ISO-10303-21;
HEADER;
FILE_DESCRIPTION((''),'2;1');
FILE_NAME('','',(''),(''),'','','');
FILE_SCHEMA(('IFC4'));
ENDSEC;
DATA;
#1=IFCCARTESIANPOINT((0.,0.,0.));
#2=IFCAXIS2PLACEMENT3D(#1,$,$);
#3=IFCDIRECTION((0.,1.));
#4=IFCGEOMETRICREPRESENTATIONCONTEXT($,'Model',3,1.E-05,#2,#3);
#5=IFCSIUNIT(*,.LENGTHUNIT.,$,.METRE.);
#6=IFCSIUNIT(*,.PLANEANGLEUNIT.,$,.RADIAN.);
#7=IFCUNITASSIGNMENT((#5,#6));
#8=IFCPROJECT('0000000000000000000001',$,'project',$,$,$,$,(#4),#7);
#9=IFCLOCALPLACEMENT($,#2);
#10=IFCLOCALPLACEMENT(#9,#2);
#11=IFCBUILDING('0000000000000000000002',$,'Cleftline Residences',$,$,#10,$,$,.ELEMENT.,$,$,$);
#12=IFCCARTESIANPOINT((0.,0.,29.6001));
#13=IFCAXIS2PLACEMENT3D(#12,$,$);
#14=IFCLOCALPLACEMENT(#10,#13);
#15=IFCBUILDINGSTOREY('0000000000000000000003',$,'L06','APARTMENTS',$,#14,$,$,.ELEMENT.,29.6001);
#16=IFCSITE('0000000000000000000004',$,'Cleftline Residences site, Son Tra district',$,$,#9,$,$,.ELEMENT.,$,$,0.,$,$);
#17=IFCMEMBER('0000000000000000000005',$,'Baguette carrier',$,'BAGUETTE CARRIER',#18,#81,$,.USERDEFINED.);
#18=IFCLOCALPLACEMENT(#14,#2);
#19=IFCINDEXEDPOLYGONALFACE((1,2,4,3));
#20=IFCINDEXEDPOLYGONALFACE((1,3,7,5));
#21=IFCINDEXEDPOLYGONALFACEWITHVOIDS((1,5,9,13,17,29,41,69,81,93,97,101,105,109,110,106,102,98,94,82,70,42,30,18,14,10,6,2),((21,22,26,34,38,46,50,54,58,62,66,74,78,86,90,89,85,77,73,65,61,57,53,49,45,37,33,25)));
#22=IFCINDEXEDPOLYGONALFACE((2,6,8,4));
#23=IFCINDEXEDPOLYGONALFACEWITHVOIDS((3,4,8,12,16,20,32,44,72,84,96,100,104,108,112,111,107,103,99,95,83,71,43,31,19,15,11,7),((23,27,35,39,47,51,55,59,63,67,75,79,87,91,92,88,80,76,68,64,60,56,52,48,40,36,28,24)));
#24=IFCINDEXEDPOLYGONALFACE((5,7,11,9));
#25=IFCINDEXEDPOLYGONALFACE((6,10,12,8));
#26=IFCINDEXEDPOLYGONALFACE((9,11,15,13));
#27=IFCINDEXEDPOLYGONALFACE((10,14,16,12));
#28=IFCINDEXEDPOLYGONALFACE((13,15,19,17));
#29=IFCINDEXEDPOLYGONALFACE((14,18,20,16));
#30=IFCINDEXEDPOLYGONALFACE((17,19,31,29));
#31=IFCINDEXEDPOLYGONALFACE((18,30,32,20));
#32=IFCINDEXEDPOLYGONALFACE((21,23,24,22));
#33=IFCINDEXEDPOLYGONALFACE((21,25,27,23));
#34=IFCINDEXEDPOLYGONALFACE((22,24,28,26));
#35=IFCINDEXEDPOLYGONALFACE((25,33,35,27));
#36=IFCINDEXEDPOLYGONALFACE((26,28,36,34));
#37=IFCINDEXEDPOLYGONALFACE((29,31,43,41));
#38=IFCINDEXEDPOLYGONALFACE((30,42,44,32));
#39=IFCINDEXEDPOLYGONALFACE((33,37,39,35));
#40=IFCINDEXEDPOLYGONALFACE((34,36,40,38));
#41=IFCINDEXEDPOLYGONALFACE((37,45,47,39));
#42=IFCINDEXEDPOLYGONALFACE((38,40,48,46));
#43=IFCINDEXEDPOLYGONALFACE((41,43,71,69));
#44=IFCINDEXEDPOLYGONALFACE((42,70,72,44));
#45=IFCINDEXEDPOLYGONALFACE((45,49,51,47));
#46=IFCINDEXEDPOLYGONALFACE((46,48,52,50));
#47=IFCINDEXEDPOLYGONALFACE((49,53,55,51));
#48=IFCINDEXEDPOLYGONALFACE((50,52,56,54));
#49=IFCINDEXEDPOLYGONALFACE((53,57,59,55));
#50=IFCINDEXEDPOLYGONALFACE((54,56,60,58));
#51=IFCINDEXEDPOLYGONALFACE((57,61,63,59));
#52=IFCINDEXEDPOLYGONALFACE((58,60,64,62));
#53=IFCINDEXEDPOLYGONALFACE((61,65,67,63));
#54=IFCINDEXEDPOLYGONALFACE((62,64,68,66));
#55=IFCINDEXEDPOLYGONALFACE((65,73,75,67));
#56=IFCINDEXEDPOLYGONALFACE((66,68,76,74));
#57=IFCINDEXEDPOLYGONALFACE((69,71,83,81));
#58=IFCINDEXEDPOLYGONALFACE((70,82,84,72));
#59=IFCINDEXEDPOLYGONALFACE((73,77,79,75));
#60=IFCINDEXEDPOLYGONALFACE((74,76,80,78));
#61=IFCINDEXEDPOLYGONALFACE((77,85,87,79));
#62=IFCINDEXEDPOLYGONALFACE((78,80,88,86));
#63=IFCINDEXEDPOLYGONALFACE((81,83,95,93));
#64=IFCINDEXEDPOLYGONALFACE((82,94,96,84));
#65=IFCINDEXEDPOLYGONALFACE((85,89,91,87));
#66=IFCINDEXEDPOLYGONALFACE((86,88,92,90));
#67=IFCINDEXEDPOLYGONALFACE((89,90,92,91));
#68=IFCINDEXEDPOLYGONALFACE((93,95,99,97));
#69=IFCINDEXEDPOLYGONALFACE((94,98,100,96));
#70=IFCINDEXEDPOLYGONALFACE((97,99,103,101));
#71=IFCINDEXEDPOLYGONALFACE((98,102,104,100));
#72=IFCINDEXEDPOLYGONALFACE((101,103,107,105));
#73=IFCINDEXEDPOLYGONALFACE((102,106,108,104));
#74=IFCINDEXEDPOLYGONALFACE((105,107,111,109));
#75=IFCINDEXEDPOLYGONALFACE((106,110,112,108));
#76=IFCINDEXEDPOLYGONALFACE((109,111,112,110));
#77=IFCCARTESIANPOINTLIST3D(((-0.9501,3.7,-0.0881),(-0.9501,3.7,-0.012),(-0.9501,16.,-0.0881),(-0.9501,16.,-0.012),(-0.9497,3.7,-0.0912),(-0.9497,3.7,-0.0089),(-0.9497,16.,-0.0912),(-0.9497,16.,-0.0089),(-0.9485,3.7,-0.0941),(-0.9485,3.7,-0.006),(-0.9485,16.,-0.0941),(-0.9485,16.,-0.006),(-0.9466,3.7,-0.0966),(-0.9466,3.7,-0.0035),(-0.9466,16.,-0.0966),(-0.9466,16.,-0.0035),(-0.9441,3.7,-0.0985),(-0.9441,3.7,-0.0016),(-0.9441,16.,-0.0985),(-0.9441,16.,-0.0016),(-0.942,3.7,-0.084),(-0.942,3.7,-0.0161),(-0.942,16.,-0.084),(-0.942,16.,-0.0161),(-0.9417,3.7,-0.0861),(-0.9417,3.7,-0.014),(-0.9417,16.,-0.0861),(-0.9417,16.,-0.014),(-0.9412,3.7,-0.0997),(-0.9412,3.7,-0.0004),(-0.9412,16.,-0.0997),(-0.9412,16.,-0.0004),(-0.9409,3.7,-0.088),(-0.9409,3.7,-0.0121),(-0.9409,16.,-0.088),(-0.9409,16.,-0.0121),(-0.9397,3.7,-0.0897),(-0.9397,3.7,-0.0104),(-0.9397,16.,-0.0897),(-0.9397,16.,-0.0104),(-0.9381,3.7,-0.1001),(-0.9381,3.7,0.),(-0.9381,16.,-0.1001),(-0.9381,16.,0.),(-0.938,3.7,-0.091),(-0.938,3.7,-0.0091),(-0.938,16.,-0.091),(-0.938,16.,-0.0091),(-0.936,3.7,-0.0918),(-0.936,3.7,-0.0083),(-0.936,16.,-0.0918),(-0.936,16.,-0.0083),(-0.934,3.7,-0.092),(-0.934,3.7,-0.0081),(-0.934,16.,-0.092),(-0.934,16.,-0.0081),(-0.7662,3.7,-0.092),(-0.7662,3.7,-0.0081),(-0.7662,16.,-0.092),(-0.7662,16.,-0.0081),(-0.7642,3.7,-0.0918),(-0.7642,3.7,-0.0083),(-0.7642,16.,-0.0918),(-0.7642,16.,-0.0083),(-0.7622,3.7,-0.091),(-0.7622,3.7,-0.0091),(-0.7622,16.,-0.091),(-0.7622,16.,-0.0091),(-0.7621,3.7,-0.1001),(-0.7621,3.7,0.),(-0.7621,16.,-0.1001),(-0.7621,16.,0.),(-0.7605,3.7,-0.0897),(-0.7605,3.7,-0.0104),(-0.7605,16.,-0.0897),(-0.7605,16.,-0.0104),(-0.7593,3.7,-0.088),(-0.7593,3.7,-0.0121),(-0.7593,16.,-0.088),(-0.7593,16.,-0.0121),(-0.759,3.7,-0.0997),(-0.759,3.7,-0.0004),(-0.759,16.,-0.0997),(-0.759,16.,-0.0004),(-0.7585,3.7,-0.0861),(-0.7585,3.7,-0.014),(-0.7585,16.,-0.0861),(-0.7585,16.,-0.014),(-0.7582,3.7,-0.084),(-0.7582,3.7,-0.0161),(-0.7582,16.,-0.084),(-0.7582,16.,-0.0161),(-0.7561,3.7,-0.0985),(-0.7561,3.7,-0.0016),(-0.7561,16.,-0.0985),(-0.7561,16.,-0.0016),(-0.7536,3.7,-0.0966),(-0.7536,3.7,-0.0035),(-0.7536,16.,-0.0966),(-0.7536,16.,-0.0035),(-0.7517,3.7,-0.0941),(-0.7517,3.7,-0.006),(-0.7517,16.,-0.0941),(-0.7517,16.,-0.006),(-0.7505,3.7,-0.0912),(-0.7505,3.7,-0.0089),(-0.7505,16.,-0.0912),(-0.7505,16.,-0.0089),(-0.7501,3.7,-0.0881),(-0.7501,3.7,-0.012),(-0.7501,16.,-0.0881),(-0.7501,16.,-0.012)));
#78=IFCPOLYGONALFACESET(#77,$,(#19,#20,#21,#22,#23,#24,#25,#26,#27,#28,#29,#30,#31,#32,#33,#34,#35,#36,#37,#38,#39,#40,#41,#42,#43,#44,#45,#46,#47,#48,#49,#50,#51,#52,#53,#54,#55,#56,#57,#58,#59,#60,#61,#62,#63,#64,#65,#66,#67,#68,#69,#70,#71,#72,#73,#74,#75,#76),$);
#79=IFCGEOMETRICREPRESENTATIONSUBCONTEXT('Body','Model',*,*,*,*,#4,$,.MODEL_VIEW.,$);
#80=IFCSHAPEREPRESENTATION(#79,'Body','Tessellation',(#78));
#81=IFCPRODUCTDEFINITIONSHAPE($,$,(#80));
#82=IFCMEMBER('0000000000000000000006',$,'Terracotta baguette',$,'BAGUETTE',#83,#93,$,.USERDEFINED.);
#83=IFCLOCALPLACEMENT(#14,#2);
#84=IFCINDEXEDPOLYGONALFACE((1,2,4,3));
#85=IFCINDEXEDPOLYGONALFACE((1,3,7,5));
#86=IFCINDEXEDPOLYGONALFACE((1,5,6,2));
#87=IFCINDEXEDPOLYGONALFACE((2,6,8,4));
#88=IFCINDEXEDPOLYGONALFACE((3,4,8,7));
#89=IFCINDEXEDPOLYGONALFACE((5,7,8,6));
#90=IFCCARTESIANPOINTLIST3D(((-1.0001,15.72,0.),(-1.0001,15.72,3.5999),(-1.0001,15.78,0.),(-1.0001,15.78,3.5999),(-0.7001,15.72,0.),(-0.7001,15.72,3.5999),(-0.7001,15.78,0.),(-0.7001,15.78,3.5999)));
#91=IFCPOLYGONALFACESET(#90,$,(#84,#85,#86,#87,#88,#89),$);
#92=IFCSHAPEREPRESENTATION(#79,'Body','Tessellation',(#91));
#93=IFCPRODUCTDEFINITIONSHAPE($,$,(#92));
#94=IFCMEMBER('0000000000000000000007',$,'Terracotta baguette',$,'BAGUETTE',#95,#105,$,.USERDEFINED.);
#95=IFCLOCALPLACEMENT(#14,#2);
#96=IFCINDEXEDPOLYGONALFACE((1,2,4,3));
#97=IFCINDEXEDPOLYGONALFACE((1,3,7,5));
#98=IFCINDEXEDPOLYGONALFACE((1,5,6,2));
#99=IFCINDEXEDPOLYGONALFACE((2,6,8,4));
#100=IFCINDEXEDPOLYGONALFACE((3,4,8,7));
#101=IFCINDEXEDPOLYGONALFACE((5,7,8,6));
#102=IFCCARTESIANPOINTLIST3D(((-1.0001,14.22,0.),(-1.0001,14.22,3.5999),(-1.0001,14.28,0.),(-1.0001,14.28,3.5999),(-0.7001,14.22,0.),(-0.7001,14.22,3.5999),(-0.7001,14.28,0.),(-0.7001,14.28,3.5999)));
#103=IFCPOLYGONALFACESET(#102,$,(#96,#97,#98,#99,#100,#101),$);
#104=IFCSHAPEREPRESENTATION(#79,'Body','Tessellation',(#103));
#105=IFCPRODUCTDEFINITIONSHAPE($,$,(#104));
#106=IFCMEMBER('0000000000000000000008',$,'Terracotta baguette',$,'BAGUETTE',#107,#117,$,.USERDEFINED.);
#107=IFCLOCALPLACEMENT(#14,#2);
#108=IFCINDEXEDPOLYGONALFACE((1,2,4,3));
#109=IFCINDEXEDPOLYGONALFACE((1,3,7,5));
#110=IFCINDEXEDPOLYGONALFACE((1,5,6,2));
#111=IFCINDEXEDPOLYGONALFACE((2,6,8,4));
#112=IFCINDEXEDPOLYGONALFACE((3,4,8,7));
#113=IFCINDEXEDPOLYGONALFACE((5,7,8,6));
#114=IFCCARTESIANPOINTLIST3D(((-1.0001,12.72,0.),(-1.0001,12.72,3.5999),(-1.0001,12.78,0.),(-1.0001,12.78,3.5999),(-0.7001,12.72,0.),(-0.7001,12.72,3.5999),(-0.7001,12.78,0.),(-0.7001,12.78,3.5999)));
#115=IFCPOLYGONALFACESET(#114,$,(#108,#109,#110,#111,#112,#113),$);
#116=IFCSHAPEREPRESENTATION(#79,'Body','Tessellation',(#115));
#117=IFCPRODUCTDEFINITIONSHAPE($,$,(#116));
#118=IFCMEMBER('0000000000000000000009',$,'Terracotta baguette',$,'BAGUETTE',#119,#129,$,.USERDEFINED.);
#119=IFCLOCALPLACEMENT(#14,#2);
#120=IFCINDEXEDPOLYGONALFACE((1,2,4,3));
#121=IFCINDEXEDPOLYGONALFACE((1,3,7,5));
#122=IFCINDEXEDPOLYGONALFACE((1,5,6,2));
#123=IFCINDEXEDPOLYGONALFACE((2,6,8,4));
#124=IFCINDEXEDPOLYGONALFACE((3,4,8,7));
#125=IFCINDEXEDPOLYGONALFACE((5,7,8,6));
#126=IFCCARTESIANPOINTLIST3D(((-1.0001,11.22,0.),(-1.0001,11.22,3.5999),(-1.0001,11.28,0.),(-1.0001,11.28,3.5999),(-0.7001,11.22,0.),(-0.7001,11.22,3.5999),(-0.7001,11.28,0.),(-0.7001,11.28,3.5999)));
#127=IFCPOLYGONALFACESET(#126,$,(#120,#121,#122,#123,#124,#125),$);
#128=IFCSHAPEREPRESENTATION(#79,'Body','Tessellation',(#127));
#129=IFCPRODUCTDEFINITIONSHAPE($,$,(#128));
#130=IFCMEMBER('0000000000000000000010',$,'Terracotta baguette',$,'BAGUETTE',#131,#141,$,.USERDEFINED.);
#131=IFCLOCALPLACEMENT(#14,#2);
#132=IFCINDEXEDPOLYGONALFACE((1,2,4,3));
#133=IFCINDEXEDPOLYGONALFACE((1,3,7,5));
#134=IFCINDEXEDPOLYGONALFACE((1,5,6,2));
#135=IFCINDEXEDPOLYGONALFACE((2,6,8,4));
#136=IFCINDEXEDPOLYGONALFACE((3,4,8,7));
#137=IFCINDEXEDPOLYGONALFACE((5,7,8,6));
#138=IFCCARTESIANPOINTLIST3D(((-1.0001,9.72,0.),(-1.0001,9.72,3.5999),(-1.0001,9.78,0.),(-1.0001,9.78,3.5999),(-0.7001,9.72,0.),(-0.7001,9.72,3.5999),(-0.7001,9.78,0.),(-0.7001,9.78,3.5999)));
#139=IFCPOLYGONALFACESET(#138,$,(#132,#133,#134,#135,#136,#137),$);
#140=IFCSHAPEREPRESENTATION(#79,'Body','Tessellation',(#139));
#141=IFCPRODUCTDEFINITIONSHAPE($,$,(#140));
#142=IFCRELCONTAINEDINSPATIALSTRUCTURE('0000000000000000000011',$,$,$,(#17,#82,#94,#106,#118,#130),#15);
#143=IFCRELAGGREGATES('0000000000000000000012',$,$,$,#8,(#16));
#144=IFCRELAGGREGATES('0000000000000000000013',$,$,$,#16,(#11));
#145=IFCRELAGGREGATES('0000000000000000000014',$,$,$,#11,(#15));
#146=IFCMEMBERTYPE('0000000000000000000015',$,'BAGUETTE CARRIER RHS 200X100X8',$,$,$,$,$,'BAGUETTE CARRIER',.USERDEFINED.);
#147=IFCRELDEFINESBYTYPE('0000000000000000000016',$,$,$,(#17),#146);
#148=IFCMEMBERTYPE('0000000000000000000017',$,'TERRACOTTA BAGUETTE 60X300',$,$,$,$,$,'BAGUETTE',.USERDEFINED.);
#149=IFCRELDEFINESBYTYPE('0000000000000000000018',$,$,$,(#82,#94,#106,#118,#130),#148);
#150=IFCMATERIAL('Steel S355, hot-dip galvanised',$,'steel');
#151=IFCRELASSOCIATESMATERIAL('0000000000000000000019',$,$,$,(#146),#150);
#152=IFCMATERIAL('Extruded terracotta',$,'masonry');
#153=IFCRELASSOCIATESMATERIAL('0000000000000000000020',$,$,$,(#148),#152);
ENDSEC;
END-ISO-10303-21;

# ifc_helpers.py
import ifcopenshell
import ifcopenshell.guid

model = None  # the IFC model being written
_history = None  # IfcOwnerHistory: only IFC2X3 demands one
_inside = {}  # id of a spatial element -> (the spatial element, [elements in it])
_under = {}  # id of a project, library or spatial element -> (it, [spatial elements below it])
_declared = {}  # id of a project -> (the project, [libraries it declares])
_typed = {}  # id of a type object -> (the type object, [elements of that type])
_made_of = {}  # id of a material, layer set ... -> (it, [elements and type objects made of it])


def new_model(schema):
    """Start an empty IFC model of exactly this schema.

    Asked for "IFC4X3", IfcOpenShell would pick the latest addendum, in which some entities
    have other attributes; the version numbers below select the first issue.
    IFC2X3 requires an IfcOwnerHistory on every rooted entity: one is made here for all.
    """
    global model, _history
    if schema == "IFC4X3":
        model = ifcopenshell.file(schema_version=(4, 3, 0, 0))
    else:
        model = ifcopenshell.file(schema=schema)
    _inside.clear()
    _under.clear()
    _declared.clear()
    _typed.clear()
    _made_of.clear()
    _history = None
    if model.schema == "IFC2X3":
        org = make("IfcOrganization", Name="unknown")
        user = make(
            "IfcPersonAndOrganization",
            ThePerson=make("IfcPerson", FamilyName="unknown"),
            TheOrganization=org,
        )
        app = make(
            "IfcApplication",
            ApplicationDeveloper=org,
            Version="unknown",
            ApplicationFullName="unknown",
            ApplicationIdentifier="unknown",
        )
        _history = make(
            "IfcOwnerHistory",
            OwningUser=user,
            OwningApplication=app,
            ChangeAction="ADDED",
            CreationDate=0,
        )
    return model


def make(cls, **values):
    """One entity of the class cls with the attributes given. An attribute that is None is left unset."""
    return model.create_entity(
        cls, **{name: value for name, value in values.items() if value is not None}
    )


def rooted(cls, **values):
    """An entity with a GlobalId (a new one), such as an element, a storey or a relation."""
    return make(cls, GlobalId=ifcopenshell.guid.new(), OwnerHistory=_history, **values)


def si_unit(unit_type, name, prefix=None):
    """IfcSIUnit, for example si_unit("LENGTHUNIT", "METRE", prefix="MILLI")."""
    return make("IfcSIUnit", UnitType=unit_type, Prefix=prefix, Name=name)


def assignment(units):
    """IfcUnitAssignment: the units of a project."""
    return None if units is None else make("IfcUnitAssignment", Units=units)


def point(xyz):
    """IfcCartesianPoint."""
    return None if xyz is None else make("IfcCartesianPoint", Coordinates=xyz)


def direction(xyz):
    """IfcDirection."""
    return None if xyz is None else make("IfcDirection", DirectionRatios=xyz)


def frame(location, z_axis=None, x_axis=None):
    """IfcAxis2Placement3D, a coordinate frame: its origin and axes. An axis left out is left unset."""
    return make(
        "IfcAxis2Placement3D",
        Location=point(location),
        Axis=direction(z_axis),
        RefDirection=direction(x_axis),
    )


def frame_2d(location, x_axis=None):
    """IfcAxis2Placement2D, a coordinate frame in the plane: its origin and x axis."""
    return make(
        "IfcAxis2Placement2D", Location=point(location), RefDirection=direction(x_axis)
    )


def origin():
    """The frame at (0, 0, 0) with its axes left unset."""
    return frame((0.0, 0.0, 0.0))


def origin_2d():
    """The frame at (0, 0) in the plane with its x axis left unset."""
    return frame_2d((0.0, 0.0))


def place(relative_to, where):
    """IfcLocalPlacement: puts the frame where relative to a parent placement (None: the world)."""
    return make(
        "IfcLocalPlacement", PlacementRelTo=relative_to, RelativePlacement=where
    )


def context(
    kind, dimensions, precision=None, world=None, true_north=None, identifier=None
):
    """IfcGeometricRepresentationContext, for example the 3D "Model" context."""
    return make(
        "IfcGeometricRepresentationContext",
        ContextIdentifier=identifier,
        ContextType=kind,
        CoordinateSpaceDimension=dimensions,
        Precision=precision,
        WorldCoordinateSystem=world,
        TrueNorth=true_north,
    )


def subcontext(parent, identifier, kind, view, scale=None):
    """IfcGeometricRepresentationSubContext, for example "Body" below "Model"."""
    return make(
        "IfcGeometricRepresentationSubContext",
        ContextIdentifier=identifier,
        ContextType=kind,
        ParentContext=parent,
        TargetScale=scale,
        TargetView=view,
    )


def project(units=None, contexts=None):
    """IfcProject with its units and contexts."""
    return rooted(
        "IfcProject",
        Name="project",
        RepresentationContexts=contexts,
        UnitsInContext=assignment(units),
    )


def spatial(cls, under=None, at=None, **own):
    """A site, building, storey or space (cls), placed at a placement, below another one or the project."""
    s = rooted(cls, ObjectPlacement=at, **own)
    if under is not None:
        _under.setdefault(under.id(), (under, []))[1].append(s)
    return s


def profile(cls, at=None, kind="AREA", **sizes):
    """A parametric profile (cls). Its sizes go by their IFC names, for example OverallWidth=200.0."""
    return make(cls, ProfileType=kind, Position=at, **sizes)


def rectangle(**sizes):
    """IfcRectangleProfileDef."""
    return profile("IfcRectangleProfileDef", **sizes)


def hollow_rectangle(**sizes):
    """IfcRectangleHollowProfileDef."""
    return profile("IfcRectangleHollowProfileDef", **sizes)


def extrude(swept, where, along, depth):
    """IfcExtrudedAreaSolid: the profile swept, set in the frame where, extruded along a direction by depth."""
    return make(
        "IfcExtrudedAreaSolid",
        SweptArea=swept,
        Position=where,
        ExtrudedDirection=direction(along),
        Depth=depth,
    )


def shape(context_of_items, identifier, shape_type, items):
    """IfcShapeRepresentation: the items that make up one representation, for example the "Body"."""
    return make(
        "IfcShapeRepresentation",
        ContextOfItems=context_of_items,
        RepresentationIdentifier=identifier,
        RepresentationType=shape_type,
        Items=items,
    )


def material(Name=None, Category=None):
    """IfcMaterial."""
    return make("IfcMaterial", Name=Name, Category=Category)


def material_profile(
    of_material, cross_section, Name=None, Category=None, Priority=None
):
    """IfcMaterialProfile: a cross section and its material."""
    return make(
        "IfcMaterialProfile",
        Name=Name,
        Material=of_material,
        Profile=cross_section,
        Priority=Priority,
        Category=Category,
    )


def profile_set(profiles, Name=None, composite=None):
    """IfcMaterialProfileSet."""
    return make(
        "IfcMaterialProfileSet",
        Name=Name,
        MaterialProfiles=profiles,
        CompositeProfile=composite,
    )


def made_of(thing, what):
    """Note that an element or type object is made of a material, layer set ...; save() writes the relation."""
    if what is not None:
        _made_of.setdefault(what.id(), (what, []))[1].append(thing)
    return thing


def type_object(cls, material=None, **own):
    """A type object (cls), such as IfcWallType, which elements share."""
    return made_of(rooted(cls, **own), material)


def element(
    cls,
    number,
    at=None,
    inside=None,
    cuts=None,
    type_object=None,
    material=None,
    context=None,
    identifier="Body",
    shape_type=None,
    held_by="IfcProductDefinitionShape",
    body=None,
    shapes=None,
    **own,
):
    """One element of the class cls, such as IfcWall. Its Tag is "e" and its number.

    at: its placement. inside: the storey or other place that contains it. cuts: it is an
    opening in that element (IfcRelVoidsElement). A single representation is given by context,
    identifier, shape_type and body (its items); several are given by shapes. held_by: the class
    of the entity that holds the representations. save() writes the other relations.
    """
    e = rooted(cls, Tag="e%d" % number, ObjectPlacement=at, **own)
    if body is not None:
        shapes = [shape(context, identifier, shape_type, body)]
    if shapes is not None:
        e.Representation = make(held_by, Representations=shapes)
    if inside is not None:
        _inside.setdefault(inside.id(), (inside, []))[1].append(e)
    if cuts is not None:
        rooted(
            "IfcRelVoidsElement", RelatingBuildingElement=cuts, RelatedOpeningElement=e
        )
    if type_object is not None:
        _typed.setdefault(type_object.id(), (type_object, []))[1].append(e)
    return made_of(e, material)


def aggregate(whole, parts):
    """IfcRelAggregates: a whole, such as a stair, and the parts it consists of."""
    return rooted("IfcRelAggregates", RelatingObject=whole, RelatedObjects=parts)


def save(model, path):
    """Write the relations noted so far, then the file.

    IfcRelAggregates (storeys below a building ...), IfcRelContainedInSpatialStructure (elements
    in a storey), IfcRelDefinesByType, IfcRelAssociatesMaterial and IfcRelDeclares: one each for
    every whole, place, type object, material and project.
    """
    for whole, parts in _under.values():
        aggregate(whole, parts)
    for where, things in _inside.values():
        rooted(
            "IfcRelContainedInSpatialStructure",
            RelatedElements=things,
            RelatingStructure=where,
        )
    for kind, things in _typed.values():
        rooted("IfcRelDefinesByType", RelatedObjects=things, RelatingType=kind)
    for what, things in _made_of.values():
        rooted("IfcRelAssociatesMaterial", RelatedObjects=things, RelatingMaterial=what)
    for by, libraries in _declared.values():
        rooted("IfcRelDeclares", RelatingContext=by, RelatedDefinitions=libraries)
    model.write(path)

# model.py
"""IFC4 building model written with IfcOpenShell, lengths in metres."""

from ifc_helpers import new_model, si_unit, direction, frame, origin, origin_2d, place, context, subcontext, project, spatial, rectangle, hollow_rectangle, extrude, material, material_profile, profile_set, type_object, element, save


model = new_model("IFC4")

# Units and contexts
model_context = context("Model", 3, precision=1e-05, world=origin(), true_north=direction((0.0, 1.0)))
body_context = subcontext(model_context, "Body", "Model", "MODEL_VIEW")
ifc_project = project(units=[si_unit("LENGTHUNIT", "METRE"), si_unit("PLANEANGLEUNIT", "RADIAN")], contexts=[model_context])

# Site, building, storey
site_placement = place(None, origin())
site = spatial("IfcSite", under=ifc_project, at=site_placement, Name="Cleftline Residences site, Son Tra district", CompositionType="ELEMENT", RefElevation=0.0)
building_placement = place(site_placement, origin())
building = spatial("IfcBuilding", under=site, at=building_placement, Name="Cleftline Residences", CompositionType="ELEMENT")
storey_placement = place(building_placement, frame((0.0, 0.0, 29.6001)))
storey = spatial("IfcBuildingStorey", under=building, at=storey_placement, Name="L06", Description="APARTMENTS", CompositionType="ELEMENT", Elevation=29.6001)

# Members
ifc_material_1 = material(Name="Steel S355, hot-dip galvanised", Category="steel")
ifc_material_profile_1 = material_profile(ifc_material_1, hollow_rectangle(XDim=0.1001, YDim=0.2, WallThickness=0.0081, InnerFilletRadius=0.0081, OuterFilletRadius=0.012, at=origin_2d()))
ifc_profile_set_1 = profile_set([ifc_material_profile_1], Name="Steel S355, hot-dip galvanised")
member_type_1 = type_object("IfcMemberType", Name="BAGUETTE CARRIER RHS 200X100X8", ElementType="BAGUETTE CARRIER", PredefinedType="USERDEFINED", material=ifc_profile_set_1)
member_placement = place(storey_placement, frame((-0.8501, 16.0, -0.05), z_axis=(0.0, -1.0, 0.0), x_axis=(0.0, 0.0, 1.0)))
element("IfcMember", 1, at=member_placement, inside=storey, type_object=member_type_1, Name="Baguette carrier", ObjectType="BAGUETTE CARRIER", PredefinedType="USERDEFINED", context=body_context, shape_type="SweptSolid", body=[
    extrude(hollow_rectangle(XDim=0.1001, YDim=0.2, WallThickness=0.0081, InnerFilletRadius=0.0081, OuterFilletRadius=0.012, at=origin_2d()), origin(), (0.0, 0.0, 1.0), 12.3),
])
ifc_material_2 = material(Name="Extruded terracotta", Category="masonry")
ifc_material_profile_2 = material_profile(ifc_material_2, rectangle(XDim=0.0601, YDim=0.3, at=origin_2d()))
ifc_profile_set_2 = profile_set([ifc_material_profile_2], Name="Extruded terracotta")
member_type_2 = type_object("IfcMemberType", Name="TERRACOTTA BAGUETTE 60X300", ElementType="BAGUETTE", PredefinedType="USERDEFINED", material=ifc_profile_set_2)
for number, where, z_axis, x_axis, name in (
    (2, (-0.8501, 15.75, 0.0), (0.0, 0.0, 1.0), (0.0, 1.0, 0.0), "Terracotta baguette"),
    (3, (-0.8501, 14.25, 0.0), (0.0, 0.0, 1.0), (0.0, 1.0, 0.0), "Terracotta baguette"),
    (4, (-0.8501, 12.75, 0.0), (0.0, 0.0, 1.0), (0.0, 1.0, 0.0), "Terracotta baguette"),
    (5, (-0.8501, 11.25, 0.0), (0.0, 0.0, 1.0), (0.0, 1.0, 0.0), "Terracotta baguette"),
    (6, (-0.8501, 9.75, 0.0), (0.0, 0.0, 1.0), (0.0, 1.0, 0.0), "Terracotta baguette"),
):
    element("IfcMember", number, at=place(storey_placement, frame(where, z_axis=z_axis, x_axis=x_axis)), inside=storey, type_object=member_type_2, Name=name, ObjectType="BAGUETTE", PredefinedType="USERDEFINED", context=body_context, shape_type="SweptSolid", body=[
        extrude(rectangle(XDim=0.0601, YDim=0.3, at=origin_2d()), origin(), (0.0, 0.0, 1.0), 3.5999),
    ])

save(model, "model.ifc")
